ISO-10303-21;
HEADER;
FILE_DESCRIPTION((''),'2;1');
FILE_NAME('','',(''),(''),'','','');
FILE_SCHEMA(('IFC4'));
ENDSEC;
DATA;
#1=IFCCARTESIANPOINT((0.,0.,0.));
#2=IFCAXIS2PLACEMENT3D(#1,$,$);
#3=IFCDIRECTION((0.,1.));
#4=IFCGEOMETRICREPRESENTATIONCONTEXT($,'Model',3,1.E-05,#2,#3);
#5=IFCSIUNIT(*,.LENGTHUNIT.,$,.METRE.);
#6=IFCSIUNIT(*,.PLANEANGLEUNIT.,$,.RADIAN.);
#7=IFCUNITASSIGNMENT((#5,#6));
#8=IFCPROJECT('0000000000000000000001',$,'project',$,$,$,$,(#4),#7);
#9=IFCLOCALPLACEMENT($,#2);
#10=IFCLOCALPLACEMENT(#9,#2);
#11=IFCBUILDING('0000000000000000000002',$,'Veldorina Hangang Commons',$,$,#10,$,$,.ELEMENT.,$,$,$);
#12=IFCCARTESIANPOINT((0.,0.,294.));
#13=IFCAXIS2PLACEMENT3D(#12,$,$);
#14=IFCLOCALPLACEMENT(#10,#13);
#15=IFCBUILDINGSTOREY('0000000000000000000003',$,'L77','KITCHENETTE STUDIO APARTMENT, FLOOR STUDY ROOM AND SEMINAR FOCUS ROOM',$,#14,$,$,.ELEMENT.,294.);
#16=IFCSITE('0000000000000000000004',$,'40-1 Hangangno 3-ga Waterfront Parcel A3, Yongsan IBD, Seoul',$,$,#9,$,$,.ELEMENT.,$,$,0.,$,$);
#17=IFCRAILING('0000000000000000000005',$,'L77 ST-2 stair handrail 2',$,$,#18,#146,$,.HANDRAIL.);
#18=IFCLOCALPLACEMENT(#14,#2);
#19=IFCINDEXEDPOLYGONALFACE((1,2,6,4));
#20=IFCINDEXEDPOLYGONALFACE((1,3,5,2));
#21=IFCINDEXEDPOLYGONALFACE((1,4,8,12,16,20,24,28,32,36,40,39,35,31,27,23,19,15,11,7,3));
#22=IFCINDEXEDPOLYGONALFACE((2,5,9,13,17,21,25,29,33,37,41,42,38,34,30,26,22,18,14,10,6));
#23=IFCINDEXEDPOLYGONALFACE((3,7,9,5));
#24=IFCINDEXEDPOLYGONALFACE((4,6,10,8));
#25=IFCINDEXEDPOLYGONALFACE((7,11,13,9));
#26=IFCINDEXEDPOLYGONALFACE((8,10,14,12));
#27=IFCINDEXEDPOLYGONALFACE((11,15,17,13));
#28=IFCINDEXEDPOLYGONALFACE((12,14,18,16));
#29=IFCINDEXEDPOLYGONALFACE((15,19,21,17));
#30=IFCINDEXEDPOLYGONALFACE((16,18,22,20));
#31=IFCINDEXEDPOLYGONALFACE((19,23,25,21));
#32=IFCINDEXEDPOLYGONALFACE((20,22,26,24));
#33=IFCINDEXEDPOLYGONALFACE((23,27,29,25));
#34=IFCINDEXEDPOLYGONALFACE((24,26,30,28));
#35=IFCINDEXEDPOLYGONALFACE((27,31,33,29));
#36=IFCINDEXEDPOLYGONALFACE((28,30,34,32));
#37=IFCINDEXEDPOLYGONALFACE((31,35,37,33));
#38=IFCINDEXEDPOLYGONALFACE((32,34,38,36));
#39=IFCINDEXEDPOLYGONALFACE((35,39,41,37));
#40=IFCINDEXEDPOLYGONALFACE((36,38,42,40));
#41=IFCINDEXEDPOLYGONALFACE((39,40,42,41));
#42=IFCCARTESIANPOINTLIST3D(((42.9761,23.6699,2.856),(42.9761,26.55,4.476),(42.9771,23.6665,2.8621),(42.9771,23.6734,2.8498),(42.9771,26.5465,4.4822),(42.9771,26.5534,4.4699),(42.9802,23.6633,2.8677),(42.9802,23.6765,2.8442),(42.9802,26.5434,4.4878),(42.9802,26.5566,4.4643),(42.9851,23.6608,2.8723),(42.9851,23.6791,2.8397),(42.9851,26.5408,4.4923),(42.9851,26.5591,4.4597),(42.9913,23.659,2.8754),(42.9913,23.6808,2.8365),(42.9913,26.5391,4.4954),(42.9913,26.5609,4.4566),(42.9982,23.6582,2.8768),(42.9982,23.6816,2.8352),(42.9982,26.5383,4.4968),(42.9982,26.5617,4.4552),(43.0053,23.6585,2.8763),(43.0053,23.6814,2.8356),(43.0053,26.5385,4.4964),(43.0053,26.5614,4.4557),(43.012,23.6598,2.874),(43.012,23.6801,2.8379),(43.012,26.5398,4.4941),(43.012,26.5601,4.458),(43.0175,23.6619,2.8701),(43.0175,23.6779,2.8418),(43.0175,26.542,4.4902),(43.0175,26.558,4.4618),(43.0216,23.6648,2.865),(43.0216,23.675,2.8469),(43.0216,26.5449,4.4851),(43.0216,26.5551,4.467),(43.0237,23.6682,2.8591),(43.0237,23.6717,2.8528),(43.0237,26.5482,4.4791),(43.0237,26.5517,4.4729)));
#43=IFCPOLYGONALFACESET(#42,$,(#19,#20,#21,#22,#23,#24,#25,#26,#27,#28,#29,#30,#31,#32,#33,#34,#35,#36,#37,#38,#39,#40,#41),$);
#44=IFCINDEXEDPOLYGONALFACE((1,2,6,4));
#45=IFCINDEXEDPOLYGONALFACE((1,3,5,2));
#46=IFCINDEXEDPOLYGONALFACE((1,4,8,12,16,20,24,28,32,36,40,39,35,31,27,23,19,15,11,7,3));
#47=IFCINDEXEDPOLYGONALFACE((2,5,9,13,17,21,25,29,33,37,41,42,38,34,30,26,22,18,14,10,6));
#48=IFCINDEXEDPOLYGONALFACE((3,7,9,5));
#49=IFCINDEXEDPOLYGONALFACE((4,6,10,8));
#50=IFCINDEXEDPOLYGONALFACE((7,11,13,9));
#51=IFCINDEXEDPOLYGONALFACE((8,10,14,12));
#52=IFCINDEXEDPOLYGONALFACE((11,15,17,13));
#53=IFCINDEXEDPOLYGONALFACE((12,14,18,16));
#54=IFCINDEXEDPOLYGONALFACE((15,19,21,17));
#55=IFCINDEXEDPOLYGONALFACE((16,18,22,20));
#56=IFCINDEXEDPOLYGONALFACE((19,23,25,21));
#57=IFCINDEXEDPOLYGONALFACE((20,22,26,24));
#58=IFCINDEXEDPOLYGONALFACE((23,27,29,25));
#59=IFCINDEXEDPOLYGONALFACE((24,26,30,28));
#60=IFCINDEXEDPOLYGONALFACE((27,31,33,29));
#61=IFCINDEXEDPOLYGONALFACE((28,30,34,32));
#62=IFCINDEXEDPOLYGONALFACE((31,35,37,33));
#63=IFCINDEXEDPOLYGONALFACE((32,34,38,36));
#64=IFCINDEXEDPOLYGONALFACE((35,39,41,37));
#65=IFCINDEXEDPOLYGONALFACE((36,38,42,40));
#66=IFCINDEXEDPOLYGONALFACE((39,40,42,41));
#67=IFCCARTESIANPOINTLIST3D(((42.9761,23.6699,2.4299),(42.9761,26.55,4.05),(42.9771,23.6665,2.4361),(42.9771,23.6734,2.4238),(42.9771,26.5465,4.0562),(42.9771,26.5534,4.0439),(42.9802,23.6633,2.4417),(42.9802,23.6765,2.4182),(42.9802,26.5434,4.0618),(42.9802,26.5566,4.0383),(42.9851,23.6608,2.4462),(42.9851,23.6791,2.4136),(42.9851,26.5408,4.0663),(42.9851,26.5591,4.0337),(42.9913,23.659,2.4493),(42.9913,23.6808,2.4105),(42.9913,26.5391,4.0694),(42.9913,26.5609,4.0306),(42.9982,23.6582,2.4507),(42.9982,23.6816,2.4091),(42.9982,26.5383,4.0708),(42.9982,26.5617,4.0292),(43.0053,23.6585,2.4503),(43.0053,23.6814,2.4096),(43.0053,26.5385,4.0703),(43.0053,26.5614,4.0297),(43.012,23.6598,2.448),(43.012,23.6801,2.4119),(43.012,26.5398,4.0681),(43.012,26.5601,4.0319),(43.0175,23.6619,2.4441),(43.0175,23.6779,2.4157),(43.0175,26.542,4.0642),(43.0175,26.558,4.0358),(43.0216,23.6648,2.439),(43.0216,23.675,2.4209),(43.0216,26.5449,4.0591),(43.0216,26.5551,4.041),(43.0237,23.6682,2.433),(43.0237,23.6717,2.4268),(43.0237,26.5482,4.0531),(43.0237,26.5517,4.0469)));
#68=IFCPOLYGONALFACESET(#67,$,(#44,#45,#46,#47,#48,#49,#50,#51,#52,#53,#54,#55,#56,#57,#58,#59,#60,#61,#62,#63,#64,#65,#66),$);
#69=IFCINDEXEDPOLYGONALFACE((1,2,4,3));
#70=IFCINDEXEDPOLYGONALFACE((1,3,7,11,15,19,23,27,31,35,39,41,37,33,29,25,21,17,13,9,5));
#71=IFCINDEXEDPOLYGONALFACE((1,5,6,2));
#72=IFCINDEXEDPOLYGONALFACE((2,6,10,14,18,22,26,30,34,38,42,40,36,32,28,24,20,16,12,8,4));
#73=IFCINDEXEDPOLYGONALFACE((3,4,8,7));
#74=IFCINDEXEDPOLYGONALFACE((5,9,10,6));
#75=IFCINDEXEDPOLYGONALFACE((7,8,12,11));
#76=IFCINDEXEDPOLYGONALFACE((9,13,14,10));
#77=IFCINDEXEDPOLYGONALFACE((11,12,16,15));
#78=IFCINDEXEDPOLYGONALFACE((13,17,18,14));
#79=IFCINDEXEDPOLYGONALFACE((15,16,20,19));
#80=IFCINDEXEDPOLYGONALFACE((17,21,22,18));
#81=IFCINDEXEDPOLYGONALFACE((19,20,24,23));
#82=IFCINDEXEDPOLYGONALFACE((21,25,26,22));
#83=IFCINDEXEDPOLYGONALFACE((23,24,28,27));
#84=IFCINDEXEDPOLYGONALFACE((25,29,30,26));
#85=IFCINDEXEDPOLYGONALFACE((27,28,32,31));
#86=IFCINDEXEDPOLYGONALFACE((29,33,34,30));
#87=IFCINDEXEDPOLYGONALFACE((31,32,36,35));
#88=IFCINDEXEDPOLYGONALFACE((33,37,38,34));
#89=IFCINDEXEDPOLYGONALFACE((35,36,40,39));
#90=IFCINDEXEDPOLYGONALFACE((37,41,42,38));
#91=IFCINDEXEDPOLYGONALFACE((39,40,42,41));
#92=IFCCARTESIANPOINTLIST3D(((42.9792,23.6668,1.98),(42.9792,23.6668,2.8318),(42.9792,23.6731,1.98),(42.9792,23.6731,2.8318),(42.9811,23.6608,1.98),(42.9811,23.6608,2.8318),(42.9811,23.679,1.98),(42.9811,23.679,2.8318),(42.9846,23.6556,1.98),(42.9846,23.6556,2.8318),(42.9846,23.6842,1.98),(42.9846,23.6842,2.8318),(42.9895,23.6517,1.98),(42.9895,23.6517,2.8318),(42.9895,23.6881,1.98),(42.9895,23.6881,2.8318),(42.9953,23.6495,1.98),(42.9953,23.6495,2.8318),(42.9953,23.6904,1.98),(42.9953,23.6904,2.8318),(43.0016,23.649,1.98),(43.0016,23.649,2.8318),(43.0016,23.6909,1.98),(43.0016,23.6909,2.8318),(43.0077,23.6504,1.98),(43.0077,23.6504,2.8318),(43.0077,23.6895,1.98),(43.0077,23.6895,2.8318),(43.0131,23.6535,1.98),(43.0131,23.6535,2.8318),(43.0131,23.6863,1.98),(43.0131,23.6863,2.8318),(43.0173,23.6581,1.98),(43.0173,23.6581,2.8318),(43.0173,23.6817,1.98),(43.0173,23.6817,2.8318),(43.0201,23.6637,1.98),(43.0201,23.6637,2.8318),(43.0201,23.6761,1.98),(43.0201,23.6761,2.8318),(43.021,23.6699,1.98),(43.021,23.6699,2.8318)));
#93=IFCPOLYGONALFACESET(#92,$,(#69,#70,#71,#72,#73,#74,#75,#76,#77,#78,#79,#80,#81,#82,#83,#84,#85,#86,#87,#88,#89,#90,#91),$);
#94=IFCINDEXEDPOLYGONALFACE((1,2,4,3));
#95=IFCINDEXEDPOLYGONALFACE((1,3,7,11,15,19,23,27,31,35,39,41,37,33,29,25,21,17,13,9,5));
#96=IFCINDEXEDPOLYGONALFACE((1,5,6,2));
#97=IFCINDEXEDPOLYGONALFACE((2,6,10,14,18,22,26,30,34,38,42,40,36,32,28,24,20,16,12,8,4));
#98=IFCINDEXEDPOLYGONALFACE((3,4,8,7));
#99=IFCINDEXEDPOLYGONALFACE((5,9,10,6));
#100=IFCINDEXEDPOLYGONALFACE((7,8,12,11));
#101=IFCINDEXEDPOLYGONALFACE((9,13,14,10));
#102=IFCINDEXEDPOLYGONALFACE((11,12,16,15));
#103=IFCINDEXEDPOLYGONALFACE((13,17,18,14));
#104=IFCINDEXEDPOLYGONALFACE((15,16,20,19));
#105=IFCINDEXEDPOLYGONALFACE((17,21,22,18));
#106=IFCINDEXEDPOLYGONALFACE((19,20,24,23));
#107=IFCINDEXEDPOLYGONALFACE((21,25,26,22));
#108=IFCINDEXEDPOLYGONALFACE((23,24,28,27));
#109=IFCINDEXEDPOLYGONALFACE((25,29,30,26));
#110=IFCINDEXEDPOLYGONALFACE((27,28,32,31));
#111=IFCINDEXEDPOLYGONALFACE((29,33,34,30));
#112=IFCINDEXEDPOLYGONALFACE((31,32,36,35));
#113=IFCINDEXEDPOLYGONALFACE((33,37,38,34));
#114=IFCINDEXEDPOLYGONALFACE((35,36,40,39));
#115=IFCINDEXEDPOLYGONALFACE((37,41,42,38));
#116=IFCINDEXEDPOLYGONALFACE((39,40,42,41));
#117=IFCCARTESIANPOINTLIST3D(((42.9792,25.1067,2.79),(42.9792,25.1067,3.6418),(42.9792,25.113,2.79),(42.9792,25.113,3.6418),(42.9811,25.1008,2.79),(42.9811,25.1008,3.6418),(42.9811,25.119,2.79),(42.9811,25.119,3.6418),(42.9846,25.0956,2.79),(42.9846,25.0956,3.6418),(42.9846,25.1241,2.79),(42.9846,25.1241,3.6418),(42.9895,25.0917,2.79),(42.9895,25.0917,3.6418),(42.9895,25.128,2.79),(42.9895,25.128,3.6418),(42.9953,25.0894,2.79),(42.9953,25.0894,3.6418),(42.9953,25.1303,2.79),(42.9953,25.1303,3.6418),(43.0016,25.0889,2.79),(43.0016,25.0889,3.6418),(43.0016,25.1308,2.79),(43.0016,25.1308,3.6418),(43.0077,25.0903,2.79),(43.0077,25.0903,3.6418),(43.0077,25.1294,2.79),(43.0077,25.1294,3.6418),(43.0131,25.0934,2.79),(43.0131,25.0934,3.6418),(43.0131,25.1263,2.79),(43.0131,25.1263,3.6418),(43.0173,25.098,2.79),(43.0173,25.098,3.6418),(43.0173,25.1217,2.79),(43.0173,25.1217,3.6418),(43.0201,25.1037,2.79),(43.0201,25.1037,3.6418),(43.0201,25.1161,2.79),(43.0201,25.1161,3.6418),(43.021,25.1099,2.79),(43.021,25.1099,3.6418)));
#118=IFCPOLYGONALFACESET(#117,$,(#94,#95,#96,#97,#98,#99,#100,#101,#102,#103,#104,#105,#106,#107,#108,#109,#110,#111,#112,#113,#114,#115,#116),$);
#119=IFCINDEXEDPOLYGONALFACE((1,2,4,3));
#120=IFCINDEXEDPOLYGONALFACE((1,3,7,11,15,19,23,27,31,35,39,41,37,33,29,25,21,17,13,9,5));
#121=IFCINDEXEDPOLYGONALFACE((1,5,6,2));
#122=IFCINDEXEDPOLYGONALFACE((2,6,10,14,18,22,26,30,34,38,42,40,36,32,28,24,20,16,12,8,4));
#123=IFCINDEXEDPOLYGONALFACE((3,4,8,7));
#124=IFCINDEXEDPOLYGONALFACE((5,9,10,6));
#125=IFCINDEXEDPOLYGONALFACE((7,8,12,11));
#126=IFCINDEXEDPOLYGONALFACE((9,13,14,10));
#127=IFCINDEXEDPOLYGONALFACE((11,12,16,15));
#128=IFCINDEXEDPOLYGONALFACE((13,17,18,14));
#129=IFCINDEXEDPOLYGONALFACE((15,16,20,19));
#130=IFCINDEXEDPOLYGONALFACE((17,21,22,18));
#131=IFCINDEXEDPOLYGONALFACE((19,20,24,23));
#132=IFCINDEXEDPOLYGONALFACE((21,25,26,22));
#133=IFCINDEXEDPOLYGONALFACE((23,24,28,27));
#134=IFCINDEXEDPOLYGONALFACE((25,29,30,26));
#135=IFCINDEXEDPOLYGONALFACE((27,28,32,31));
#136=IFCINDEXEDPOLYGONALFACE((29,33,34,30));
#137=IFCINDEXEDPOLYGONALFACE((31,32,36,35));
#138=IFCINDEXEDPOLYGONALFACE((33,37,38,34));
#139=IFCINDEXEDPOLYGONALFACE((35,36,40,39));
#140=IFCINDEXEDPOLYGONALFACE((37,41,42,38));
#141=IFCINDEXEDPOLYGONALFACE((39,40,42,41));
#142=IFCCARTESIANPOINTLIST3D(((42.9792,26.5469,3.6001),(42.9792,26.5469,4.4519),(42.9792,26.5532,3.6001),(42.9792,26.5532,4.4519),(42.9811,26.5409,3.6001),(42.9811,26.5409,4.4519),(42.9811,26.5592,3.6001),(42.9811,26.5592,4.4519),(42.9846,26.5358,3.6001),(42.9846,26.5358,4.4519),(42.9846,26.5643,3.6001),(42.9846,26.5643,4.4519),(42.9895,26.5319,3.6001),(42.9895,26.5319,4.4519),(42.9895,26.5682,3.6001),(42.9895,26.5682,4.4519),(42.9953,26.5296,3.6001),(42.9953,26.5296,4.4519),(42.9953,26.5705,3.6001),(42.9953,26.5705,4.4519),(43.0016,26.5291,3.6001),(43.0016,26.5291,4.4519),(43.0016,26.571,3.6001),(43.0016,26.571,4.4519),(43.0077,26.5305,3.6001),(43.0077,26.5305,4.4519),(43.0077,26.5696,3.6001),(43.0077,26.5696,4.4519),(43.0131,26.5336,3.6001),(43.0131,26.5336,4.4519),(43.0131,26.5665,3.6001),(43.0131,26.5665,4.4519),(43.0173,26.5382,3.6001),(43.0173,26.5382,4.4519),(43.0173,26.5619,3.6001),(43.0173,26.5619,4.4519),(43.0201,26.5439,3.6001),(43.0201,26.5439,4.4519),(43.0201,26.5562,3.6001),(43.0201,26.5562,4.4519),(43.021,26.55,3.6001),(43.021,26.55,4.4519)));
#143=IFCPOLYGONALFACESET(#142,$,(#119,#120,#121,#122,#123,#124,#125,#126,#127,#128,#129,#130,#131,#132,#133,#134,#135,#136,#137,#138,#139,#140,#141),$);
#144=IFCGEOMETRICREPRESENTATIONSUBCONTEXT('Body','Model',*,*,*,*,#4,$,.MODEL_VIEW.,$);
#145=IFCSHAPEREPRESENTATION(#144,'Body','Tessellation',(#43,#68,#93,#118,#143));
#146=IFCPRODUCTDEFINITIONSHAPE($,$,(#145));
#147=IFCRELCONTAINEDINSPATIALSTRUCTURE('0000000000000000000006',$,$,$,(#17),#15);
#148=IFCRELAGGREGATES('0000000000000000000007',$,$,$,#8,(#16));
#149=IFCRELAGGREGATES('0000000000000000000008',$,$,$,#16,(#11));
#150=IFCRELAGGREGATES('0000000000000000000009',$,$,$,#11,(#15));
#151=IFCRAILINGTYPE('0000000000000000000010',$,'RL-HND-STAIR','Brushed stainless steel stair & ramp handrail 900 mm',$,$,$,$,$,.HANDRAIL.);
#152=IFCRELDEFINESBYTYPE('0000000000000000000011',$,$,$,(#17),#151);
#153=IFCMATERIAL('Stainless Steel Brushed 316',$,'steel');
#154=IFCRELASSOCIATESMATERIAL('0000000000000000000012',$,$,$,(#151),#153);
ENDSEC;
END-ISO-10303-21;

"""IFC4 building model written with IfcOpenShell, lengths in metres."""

from ifc_helpers import new_model, si_unit, direction, frame, origin, origin_2d, place, context, subcontext, project, spatial, circle, extrude, material, type_object, element, save


model = new_model("IFC4")

# Units and contexts
model_context = context("Model", 3, precision=1e-05, world=origin(), true_north=direction((0.0, 1.0)))
body_context = subcontext(model_context, "Body", "Model", "MODEL_VIEW")
ifc_project = project(units=[si_unit("LENGTHUNIT", "METRE"), si_unit("PLANEANGLEUNIT", "RADIAN")], contexts=[model_context])

# Site, building, storey
site_placement = place(None, origin())
site = spatial("IfcSite", under=ifc_project, at=site_placement, Name="40-1 Hangangno 3-ga Waterfront Parcel A3, Yongsan IBD, Seoul", CompositionType="ELEMENT", RefElevation=0.0)
building_placement = place(site_placement, origin())
building = spatial("IfcBuilding", under=site, at=building_placement, Name="Veldorina Hangang Commons", CompositionType="ELEMENT")
storey_placement = place(building_placement, frame((0.0, 0.0, 294.0)))
storey = spatial("IfcBuildingStorey", under=building, at=storey_placement, Name="L77", Description="KITCHENETTE STUDIO APARTMENT, FLOOR STUDY ROOM AND SEMINAR FOCUS ROOM", CompositionType="ELEMENT", Elevation=294.0)

# Railing
ifc_material_1 = material(Name="Stainless Steel Brushed 316", Category="steel")
railing_type_1 = type_object("IfcRailingType", Name="RL-HND-STAIR", Description="Brushed stainless steel stair & ramp handrail 900 mm", PredefinedType="HANDRAIL", material=ifc_material_1)
railing_1_placement = place(storey_placement, frame((43.0, 23.6699, 1.98)))
element("IfcRailing", 1, at=railing_1_placement, inside=storey, type_object=railing_type_1, Name="L77 ST-2 stair handrail 2", PredefinedType="HANDRAIL", context=body_context, shape_type="SweptSolid", body=[
    extrude(circle(Radius=0.0239, at=origin_2d()), frame((0.0, 0.0, 0.876), z_axis=(0.0, 0.87157, 0.490272), x_axis=(-1.0, 0.0, 0.0)), (0.0, 0.0, 1.0), 3.3044),
    extrude(circle(Radius=0.0239, at=origin_2d()), frame((0.0, 0.0, 0.45), z_axis=(0.0, 0.87157, 0.490272), x_axis=(-1.0, 0.0, 0.0)), (0.0, 0.0, 1.0), 3.3044),
    extrude(circle(Radius=0.021, at=origin_2d()), origin(), (0.0, 0.0, 1.0), 0.8518),
    extrude(circle(Radius=0.021, at=origin_2d()), frame((0.0, 1.4399, 0.8101)), (0.0, 0.0, 1.0), 0.8518),
    extrude(circle(Radius=0.021, at=origin_2d()), frame((0.0, 2.8801, 1.6201)), (0.0, 0.0, 1.0), 0.8518),
])

save(model, "model.ifc")
